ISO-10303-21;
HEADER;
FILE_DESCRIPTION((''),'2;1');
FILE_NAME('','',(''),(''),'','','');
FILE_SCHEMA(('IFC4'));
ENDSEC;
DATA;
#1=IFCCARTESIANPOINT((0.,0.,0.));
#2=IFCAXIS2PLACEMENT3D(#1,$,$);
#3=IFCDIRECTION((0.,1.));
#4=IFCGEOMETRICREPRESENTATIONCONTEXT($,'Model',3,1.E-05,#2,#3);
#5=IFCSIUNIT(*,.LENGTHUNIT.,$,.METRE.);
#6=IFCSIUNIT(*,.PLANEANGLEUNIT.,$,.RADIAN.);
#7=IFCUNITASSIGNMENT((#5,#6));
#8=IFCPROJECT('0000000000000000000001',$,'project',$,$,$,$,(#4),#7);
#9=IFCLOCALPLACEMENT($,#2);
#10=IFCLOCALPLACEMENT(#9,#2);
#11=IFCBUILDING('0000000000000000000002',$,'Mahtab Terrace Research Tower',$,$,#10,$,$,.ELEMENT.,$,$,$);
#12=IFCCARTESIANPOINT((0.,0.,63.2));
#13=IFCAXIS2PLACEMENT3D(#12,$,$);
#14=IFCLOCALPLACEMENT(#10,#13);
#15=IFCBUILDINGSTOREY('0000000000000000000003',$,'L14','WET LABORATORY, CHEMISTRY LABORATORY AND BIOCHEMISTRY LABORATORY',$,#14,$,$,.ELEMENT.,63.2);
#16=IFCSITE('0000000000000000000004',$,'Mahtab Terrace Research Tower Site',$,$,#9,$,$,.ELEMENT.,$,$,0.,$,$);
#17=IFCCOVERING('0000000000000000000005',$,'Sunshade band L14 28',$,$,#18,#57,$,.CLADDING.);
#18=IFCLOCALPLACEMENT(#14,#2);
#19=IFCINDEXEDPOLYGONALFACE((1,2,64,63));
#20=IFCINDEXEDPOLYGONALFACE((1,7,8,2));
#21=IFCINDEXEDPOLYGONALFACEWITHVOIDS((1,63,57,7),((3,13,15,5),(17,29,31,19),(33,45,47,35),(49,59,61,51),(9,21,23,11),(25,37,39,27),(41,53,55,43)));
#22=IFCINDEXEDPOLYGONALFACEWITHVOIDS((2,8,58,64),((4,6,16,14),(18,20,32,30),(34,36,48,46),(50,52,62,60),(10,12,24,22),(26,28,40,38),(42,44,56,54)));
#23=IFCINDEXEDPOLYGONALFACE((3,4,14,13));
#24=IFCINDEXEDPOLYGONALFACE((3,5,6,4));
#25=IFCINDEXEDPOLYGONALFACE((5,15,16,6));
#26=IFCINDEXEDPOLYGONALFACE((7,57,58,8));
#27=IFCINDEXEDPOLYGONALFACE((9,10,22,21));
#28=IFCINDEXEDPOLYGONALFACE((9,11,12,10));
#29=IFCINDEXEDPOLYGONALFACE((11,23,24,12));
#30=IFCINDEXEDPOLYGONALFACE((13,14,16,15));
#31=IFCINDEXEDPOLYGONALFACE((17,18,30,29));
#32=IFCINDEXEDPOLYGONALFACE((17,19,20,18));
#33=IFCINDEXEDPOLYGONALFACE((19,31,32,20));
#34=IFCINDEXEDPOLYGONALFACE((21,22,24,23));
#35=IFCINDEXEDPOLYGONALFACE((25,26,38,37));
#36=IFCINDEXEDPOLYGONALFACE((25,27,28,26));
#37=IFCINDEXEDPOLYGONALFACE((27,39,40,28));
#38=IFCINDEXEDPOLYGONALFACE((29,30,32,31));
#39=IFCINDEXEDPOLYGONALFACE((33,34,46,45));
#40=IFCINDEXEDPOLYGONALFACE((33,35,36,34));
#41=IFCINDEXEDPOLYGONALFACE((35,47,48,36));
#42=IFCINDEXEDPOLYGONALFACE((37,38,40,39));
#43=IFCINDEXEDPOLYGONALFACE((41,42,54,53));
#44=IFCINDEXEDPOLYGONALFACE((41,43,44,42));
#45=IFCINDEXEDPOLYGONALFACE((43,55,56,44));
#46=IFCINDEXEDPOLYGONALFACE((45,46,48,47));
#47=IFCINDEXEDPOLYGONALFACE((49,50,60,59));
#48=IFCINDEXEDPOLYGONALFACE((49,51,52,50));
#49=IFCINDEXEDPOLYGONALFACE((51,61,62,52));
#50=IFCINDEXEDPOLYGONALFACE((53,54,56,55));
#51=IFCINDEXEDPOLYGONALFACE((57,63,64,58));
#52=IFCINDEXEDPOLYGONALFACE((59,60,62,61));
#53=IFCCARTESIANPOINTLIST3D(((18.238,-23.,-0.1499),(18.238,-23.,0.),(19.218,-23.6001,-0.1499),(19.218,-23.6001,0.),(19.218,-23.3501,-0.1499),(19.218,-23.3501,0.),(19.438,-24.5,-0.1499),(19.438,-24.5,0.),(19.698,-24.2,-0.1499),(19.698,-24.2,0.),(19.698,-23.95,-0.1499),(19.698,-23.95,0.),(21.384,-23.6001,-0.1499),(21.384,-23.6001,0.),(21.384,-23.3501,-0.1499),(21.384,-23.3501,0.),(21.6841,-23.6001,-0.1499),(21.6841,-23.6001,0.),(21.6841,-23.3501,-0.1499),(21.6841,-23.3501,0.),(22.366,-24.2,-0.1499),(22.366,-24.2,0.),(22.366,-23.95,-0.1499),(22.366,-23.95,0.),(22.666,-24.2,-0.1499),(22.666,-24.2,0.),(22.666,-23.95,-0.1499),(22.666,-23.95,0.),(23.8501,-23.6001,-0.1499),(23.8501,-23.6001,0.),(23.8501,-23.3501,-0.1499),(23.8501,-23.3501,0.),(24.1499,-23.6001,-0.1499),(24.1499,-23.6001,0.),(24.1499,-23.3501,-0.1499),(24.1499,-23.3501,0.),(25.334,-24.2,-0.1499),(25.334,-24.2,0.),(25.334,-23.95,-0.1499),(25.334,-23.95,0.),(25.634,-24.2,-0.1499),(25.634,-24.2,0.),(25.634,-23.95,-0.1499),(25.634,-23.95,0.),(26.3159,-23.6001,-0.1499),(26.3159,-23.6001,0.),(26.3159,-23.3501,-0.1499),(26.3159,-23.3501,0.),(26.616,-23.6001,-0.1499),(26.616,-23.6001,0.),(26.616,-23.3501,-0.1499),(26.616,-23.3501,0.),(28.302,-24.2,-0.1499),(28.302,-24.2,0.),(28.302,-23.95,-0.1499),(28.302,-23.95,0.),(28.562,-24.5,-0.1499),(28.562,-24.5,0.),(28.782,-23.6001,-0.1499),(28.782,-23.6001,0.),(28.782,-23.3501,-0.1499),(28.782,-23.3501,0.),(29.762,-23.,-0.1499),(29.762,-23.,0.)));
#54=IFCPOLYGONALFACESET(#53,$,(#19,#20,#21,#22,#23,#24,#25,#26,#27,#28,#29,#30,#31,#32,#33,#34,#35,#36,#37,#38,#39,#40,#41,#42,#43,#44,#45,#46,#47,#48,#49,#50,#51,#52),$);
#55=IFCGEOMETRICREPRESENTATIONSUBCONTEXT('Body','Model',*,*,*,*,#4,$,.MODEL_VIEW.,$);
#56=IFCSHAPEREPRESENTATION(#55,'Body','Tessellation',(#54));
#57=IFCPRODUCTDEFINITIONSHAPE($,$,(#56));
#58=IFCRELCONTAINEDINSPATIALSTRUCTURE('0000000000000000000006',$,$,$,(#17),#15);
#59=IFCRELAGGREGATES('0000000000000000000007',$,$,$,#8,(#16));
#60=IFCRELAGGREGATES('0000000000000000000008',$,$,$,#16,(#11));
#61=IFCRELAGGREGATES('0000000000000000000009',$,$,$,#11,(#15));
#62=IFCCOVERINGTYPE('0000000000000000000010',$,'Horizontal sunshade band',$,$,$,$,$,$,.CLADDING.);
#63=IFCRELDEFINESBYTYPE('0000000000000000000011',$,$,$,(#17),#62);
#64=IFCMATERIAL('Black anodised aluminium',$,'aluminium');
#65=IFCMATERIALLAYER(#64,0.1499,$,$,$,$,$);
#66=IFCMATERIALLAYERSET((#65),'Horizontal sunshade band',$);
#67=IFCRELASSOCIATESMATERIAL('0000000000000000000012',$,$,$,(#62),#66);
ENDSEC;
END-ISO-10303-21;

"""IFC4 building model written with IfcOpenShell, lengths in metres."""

from ifc_helpers import new_model, si_unit, direction, frame, origin, place, context, subcontext, project, spatial, polyline, outline, extrude, material, layer, layer_set, type_object, element, save


model = new_model("IFC4")

# Units and contexts
model_context = context("Model", 3, precision=1e-05, world=origin(), true_north=direction((0.0, 1.0)))
body_context = subcontext(model_context, "Body", "Model", "MODEL_VIEW")
ifc_project = project(units=[si_unit("LENGTHUNIT", "METRE"), si_unit("PLANEANGLEUNIT", "RADIAN")], contexts=[model_context])

# Site, building, storey
site_placement = place(None, origin())
site = spatial("IfcSite", under=ifc_project, at=site_placement, Name="Mahtab Terrace Research Tower Site", CompositionType="ELEMENT", RefElevation=0.0)
building_placement = place(site_placement, origin())
building = spatial("IfcBuilding", under=site, at=building_placement, Name="Mahtab Terrace Research Tower", CompositionType="ELEMENT")
storey_placement = place(building_placement, frame((0.0, 0.0, 63.2)))
storey = spatial("IfcBuildingStorey", under=building, at=storey_placement, Name="L14", Description="WET LABORATORY, CHEMISTRY LABORATORY AND BIOCHEMISTRY LABORATORY", CompositionType="ELEMENT", Elevation=63.2)

# Covering
ifc_material_1 = material(Name="Black anodised aluminium", Category="aluminium")
ifc_layer_1 = layer(ifc_material_1, 0.1499)
ifc_layer_set_1 = layer_set([ifc_layer_1], Name="Horizontal sunshade band")
covering_type_1 = type_object("IfcCoveringType", Name="Horizontal sunshade band", PredefinedType="CLADDING", material=ifc_layer_set_1)
covering_1_placement = place(storey_placement, frame((0.0, 0.0, -0.1499)))
element("IfcCovering", 1, at=covering_1_placement, inside=storey, type_object=covering_type_1, Name="Sunshade band L14 28", PredefinedType="CLADDING", context=body_context, shape_type="SweptSolid", body=[
    extrude(outline(polyline([(18.238, -23.0), (29.762, -23.0), (28.562, -24.5), (19.438, -24.5), (18.238, -23.0)]), holes=[polyline([(19.218, -23.3501), (21.384, -23.3501), (21.384, -23.6001), (19.218, -23.6001), (19.218, -23.3501)]), polyline([(21.6841, -23.3501), (23.8501, -23.3501), (23.8501, -23.6001), (21.6841, -23.6001), (21.6841, -23.3501)]), polyline([(24.1499, -23.3501), (26.3159, -23.3501), (26.3159, -23.6001), (24.1499, -23.6001), (24.1499, -23.3501)]), polyline([(26.616, -23.3501), (28.782, -23.3501), (28.782, -23.6001), (26.616, -23.6001), (26.616, -23.3501)]), polyline([(19.698, -23.95), (22.366, -23.95), (22.366, -24.2), (19.698, -24.2), (19.698, -23.95)]), polyline([(22.666, -23.95), (25.334, -23.95), (25.334, -24.2), (22.666, -24.2), (22.666, -23.95)]), polyline([(25.634, -23.95), (28.302, -23.95), (28.302, -24.2), (25.634, -24.2), (25.634, -23.95)])]), origin(), (0.0, 0.0, 1.0), 0.1499),
])

save(model, "model.ifc")
